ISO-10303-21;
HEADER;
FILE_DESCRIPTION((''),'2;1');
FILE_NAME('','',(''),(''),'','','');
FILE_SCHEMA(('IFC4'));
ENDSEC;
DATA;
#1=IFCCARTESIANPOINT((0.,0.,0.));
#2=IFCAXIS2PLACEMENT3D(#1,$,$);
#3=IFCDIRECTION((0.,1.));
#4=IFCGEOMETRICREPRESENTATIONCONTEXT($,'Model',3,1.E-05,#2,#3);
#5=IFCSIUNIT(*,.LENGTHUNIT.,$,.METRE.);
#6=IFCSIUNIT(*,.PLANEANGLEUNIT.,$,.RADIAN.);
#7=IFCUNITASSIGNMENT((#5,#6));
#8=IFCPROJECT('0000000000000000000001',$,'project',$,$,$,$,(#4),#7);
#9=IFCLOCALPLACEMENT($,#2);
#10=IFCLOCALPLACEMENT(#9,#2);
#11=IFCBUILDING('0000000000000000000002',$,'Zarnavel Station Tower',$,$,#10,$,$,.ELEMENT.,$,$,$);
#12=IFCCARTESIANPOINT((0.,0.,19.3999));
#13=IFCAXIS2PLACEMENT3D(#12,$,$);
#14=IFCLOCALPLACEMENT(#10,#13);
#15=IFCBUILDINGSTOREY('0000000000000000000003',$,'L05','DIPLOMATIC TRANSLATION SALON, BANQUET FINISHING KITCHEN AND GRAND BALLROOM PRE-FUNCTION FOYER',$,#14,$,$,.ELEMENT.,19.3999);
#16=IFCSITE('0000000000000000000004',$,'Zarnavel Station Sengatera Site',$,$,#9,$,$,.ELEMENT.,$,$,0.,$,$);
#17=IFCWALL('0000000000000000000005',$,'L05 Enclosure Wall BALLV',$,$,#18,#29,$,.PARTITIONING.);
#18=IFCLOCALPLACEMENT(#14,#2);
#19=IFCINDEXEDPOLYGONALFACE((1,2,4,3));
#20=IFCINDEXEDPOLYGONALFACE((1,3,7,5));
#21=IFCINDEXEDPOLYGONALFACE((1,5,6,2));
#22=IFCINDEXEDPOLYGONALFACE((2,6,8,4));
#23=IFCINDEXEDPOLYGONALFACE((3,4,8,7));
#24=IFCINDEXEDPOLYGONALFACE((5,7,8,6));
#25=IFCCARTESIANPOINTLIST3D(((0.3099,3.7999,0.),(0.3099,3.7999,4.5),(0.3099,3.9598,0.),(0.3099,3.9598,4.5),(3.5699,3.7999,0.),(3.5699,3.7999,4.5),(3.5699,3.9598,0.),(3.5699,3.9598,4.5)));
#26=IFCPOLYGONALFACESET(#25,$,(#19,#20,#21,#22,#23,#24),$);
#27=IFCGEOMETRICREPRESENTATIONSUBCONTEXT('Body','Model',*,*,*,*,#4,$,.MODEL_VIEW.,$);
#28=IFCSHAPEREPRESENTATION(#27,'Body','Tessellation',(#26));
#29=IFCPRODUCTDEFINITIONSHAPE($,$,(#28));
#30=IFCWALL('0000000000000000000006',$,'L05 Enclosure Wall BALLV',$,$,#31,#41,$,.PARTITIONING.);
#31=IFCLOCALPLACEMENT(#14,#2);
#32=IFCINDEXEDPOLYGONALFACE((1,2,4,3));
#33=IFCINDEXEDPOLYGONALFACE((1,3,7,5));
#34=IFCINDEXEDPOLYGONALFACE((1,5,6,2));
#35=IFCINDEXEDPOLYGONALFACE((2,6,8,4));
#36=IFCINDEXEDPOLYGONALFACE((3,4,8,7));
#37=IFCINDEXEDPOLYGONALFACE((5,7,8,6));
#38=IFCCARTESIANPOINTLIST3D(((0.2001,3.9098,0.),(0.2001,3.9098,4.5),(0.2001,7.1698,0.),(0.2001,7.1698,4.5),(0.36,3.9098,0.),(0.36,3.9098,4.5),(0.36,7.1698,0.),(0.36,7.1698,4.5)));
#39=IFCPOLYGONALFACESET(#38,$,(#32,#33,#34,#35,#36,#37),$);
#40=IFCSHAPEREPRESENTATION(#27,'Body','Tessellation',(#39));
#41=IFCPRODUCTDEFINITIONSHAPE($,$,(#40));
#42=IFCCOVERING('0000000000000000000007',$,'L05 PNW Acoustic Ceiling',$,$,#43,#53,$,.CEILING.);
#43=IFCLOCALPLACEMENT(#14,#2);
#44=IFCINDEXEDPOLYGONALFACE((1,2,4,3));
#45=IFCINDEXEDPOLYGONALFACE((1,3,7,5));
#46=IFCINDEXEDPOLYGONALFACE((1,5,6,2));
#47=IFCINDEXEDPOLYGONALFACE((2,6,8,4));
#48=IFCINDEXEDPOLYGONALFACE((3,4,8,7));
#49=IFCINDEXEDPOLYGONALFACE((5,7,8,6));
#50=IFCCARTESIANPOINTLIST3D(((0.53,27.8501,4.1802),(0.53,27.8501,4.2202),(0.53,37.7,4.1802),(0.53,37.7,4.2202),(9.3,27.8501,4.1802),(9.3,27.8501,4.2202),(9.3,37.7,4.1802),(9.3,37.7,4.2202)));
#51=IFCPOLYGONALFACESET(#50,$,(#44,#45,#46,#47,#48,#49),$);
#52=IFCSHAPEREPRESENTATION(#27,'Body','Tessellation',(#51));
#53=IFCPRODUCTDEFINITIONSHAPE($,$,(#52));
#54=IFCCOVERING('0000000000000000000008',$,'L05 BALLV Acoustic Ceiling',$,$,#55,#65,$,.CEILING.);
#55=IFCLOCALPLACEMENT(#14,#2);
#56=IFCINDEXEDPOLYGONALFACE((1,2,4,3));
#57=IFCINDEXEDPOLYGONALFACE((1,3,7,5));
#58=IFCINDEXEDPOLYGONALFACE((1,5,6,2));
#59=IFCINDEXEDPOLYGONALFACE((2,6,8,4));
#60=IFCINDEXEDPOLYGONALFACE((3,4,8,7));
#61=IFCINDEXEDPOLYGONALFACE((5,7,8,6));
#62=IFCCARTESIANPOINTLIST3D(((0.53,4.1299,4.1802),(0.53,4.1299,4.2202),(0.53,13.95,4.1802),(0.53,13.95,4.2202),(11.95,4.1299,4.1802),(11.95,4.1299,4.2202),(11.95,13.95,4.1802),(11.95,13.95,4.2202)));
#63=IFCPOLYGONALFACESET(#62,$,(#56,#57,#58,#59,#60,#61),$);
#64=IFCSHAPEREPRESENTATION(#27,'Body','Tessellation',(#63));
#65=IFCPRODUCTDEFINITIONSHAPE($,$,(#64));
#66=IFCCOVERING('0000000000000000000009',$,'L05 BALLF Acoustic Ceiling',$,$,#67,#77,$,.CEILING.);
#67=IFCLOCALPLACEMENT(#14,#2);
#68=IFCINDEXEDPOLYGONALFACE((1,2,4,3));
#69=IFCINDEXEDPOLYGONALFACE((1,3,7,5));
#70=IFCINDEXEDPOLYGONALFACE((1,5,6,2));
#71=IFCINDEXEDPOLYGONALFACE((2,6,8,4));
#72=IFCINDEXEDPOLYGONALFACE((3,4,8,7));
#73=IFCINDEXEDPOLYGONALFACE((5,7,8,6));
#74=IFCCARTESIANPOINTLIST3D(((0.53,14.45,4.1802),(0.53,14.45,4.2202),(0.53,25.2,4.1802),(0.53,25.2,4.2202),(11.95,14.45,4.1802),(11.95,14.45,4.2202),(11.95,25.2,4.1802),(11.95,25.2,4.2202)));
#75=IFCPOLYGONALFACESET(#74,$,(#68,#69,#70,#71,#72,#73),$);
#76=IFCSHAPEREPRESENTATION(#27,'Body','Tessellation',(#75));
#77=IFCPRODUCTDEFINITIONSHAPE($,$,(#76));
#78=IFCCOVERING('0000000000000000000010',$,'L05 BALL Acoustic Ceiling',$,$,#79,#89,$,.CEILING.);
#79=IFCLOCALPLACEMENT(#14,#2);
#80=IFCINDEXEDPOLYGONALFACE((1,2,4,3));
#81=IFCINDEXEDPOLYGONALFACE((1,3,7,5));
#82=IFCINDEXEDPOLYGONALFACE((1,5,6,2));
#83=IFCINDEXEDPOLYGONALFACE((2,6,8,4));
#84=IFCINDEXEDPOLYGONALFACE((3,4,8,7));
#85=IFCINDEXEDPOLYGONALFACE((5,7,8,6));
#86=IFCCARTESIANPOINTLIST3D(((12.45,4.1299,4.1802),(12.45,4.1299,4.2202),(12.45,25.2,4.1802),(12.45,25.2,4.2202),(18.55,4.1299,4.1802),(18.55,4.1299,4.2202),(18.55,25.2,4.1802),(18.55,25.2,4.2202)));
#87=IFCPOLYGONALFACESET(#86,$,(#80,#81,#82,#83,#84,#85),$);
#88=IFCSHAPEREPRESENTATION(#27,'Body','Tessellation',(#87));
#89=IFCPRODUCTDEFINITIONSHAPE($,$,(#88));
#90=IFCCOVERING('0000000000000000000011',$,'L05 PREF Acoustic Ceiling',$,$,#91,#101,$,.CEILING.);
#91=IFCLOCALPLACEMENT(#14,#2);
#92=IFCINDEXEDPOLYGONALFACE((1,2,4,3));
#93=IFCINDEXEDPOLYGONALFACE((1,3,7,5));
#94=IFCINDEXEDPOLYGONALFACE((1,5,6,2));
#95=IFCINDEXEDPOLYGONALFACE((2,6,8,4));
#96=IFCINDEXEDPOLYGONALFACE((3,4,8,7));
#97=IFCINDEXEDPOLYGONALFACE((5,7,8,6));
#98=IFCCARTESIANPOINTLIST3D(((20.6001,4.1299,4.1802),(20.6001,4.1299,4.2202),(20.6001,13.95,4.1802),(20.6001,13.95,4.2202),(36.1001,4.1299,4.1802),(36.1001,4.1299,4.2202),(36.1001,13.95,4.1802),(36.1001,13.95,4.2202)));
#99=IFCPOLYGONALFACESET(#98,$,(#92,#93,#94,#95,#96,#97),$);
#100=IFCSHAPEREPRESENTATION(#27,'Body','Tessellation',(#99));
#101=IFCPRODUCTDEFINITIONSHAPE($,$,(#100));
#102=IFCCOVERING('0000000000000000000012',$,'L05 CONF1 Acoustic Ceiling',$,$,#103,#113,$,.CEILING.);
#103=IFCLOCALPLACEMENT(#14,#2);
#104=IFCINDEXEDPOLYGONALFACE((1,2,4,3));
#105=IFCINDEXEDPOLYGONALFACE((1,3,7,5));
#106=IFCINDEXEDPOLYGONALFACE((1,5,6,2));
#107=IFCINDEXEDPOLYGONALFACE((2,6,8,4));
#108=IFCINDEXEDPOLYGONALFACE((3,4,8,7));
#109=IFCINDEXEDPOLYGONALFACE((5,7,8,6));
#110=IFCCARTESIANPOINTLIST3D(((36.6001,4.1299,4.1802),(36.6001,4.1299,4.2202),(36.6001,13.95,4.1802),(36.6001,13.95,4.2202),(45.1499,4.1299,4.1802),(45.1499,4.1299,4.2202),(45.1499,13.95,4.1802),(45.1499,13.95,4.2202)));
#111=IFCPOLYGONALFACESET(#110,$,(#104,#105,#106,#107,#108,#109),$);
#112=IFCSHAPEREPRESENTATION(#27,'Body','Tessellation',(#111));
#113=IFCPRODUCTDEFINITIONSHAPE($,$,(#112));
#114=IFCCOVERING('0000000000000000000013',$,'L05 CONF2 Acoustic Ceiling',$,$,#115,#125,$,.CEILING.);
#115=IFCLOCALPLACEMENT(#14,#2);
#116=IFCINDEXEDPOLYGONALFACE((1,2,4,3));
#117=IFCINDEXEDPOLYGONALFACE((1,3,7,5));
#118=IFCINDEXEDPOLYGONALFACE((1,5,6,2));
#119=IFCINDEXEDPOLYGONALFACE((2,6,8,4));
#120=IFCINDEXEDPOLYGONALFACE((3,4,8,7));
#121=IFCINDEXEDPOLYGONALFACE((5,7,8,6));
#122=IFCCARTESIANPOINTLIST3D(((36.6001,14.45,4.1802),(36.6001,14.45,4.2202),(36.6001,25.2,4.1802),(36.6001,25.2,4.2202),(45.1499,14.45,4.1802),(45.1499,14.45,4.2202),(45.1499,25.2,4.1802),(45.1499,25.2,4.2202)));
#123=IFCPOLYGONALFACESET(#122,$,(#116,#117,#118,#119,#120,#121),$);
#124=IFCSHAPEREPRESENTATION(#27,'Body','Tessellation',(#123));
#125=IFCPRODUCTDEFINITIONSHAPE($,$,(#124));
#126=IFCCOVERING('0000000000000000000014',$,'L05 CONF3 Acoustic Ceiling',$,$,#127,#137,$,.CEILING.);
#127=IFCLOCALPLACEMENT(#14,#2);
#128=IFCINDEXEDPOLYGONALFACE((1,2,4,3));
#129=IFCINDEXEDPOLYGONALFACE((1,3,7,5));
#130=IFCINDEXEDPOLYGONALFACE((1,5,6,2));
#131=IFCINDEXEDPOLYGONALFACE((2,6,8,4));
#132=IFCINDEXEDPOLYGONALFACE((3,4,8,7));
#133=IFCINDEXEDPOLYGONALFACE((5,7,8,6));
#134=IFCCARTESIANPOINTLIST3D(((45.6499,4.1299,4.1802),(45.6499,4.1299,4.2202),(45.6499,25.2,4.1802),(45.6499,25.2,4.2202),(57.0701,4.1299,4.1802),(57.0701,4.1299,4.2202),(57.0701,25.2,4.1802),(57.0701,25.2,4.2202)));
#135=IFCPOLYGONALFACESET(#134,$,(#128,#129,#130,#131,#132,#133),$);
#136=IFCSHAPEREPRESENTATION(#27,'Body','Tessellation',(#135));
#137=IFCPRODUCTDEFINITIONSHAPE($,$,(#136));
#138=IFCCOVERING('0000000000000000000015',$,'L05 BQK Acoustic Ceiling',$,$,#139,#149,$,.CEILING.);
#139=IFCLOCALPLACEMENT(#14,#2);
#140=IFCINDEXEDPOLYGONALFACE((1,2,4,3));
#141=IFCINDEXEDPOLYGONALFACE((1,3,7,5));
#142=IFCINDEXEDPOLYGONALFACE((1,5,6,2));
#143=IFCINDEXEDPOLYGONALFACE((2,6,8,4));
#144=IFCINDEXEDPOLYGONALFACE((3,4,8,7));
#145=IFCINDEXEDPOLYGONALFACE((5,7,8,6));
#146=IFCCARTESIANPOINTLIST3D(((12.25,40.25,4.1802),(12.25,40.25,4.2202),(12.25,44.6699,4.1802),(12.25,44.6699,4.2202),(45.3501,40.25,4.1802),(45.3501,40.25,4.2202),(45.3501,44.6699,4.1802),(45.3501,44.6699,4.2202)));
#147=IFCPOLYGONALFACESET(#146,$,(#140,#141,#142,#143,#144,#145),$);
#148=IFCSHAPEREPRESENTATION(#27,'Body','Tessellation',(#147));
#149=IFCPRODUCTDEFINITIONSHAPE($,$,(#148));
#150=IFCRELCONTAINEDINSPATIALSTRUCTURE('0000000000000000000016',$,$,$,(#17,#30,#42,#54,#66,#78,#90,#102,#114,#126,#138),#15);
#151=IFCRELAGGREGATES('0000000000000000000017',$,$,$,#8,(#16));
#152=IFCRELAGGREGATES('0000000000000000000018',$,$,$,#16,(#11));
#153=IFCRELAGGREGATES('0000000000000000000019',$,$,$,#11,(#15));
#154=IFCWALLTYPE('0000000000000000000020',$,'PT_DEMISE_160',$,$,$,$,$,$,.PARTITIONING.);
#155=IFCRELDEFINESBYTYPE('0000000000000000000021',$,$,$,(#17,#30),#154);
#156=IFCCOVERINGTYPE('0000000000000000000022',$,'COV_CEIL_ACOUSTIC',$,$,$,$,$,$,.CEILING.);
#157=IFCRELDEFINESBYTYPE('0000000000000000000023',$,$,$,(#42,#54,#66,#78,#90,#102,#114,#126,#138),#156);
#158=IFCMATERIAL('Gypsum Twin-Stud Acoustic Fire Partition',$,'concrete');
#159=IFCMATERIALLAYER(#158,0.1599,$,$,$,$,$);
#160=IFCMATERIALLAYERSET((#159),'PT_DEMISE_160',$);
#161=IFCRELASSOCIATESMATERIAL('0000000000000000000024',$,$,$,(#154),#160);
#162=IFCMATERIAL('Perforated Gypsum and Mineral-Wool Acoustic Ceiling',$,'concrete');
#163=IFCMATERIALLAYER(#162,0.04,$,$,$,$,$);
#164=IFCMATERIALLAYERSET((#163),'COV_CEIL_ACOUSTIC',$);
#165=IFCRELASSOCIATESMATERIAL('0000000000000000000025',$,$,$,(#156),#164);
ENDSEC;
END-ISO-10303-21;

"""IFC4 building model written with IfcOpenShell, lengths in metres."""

from ifc_helpers import new_model, si_unit, direction, frame, frame_2d, origin, place, context, subcontext, project, spatial, polyline, rectangle, outline, extrude, material, layer, layer_set, type_object, element, save


model = new_model("IFC4")

# Units and contexts
model_context = context("Model", 3, precision=1e-05, world=origin(), true_north=direction((0.0, 1.0)))
body_context = subcontext(model_context, "Body", "Model", "MODEL_VIEW")
ifc_project = project(units=[si_unit("LENGTHUNIT", "METRE"), si_unit("PLANEANGLEUNIT", "RADIAN")], contexts=[model_context])

# Site, building, storey
site_placement = place(None, origin())
site = spatial("IfcSite", under=ifc_project, at=site_placement, Name="Zarnavel Station Sengatera Site", CompositionType="ELEMENT", RefElevation=0.0)
building_placement = place(site_placement, origin())
building = spatial("IfcBuilding", under=site, at=building_placement, Name="Zarnavel Station Tower", CompositionType="ELEMENT")
storey_placement = place(building_placement, frame((0.0, 0.0, 19.3999)))
storey = spatial("IfcBuildingStorey", under=building, at=storey_placement, Name="L05", Description="DIPLOMATIC TRANSLATION SALON, BANQUET FINISHING KITCHEN AND GRAND BALLROOM PRE-FUNCTION FOYER", CompositionType="ELEMENT", Elevation=19.3999)

# Walls
ifc_material_1 = material(Name="Gypsum Twin-Stud Acoustic Fire Partition", Category="concrete")
ifc_layer_1 = layer(ifc_material_1, 0.1599)
ifc_layer_set_1 = layer_set([ifc_layer_1], Name="PT_DEMISE_160")
wall_type_1 = type_object("IfcWallType", Name="PT_DEMISE_160", PredefinedType="PARTITIONING", material=ifc_layer_set_1)
for number, where, z_axis, x_axis, name in (
    (1, (0.3101, 3.8799, 0.0), (0.0, 0.0, 1.0), (1.0, 0.0, 0.0), "L05 Enclosure Wall BALLV"),
    (2, (0.28, 3.9099, 0.0), (0.0, 0.0, 1.0), (0.0, 1.0, 0.0), "L05 Enclosure Wall BALLV"),
):
    element("IfcWall", number, at=place(storey_placement, frame(where, z_axis=z_axis, x_axis=x_axis)), inside=storey, type_object=wall_type_1, Name=name, PredefinedType="PARTITIONING", context=body_context, shape_type="SweptSolid", body=[
        extrude(rectangle(XDim=3.26, YDim=0.1599, at=frame_2d((1.6299, 0.0))), origin(), (0.0, 0.0, 1.0), 4.5),
    ])

# Coverings
ifc_material_2 = material(Name="Perforated Gypsum and Mineral-Wool Acoustic Ceiling", Category="concrete")
ifc_layer_2 = layer(ifc_material_2, 0.04)
ifc_layer_set_2 = layer_set([ifc_layer_2], Name="COV_CEIL_ACOUSTIC")
covering_type_1 = type_object("IfcCoveringType", Name="COV_CEIL_ACOUSTIC", PredefinedType="CEILING", material=ifc_layer_set_2)
covering_1_placement = place(storey_placement, frame((0.0, 0.0, 4.1802)))
element("IfcCovering", 3, at=covering_1_placement, inside=storey, type_object=covering_type_1, Name="L05 PNW Acoustic Ceiling", PredefinedType="CEILING", context=body_context, shape_type="SweptSolid", body=[
    extrude(outline(polyline([(0.53, 27.8501), (9.3, 27.8501), (9.3, 37.7), (0.53, 37.7), (0.53, 27.8501)])), origin(), (0.0, 0.0, 1.0), 0.04),
])
covering_2_placement = place(storey_placement, frame((0.0, 0.0, 4.1802)))
element("IfcCovering", 4, at=covering_2_placement, inside=storey, type_object=covering_type_1, Name="L05 BALLV Acoustic Ceiling", PredefinedType="CEILING", context=body_context, shape_type="SweptSolid", body=[
    extrude(outline(polyline([(0.53, 4.1299), (11.95, 4.1299), (11.95, 13.95), (0.53, 13.95), (0.53, 4.1299)])), origin(), (0.0, 0.0, 1.0), 0.04),
])
covering_3_placement = place(storey_placement, frame((0.0, 0.0, 4.1802)))
element("IfcCovering", 5, at=covering_3_placement, inside=storey, type_object=covering_type_1, Name="L05 BALLF Acoustic Ceiling", PredefinedType="CEILING", context=body_context, shape_type="SweptSolid", body=[
    extrude(outline(polyline([(0.53, 14.45), (11.95, 14.45), (11.95, 25.2), (0.53, 25.2), (0.53, 14.45)])), origin(), (0.0, 0.0, 1.0), 0.04),
])
covering_4_placement = place(storey_placement, frame((0.0, 0.0, 4.1802)))
element("IfcCovering", 6, at=covering_4_placement, inside=storey, type_object=covering_type_1, Name="L05 BALL Acoustic Ceiling", PredefinedType="CEILING", context=body_context, shape_type="SweptSolid", body=[
    extrude(outline(polyline([(12.45, 4.1299), (18.55, 4.1299), (18.55, 25.2), (12.45, 25.2), (12.45, 4.1299)])), origin(), (0.0, 0.0, 1.0), 0.04),
])
covering_5_placement = place(storey_placement, frame((0.0, 0.0, 4.1802)))
element("IfcCovering", 7, at=covering_5_placement, inside=storey, type_object=covering_type_1, Name="L05 PREF Acoustic Ceiling", PredefinedType="CEILING", context=body_context, shape_type="SweptSolid", body=[
    extrude(outline(polyline([(20.6001, 4.1299), (36.1001, 4.1299), (36.1001, 13.95), (20.6001, 13.95), (20.6001, 4.1299)])), origin(), (0.0, 0.0, 1.0), 0.04),
])
covering_6_placement = place(storey_placement, frame((0.0, 0.0, 4.1802)))
element("IfcCovering", 8, at=covering_6_placement, inside=storey, type_object=covering_type_1, Name="L05 CONF1 Acoustic Ceiling", PredefinedType="CEILING", context=body_context, shape_type="SweptSolid", body=[
    extrude(outline(polyline([(36.6001, 4.1299), (45.1499, 4.1299), (45.1499, 13.95), (36.6001, 13.95), (36.6001, 4.1299)])), origin(), (0.0, 0.0, 1.0), 0.04),
])
covering_7_placement = place(storey_placement, frame((0.0, 0.0, 4.1802)))
element("IfcCovering", 9, at=covering_7_placement, inside=storey, type_object=covering_type_1, Name="L05 CONF2 Acoustic Ceiling", PredefinedType="CEILING", context=body_context, shape_type="SweptSolid", body=[
    extrude(outline(polyline([(36.6001, 14.45), (45.1499, 14.45), (45.1499, 25.2), (36.6001, 25.2), (36.6001, 14.45)])), origin(), (0.0, 0.0, 1.0), 0.04),
])
covering_8_placement = place(storey_placement, frame((0.0, 0.0, 4.1802)))
element("IfcCovering", 10, at=covering_8_placement, inside=storey, type_object=covering_type_1, Name="L05 CONF3 Acoustic Ceiling", PredefinedType="CEILING", context=body_context, shape_type="SweptSolid", body=[
    extrude(outline(polyline([(45.6499, 4.1299), (57.0701, 4.1299), (57.0701, 25.2), (45.6499, 25.2), (45.6499, 4.1299)])), origin(), (0.0, 0.0, 1.0), 0.04),
])
covering_9_placement = place(storey_placement, frame((0.0, 0.0, 4.1802)))
element("IfcCovering", 11, at=covering_9_placement, inside=storey, type_object=covering_type_1, Name="L05 BQK Acoustic Ceiling", PredefinedType="CEILING", context=body_context, shape_type="SweptSolid", body=[
    extrude(outline(polyline([(12.25, 40.25), (45.3501, 40.25), (45.3501, 44.6699), (12.25, 44.6699), (12.25, 40.25)])), origin(), (0.0, 0.0, 1.0), 0.04),
])

save(model, "model.ifc")
